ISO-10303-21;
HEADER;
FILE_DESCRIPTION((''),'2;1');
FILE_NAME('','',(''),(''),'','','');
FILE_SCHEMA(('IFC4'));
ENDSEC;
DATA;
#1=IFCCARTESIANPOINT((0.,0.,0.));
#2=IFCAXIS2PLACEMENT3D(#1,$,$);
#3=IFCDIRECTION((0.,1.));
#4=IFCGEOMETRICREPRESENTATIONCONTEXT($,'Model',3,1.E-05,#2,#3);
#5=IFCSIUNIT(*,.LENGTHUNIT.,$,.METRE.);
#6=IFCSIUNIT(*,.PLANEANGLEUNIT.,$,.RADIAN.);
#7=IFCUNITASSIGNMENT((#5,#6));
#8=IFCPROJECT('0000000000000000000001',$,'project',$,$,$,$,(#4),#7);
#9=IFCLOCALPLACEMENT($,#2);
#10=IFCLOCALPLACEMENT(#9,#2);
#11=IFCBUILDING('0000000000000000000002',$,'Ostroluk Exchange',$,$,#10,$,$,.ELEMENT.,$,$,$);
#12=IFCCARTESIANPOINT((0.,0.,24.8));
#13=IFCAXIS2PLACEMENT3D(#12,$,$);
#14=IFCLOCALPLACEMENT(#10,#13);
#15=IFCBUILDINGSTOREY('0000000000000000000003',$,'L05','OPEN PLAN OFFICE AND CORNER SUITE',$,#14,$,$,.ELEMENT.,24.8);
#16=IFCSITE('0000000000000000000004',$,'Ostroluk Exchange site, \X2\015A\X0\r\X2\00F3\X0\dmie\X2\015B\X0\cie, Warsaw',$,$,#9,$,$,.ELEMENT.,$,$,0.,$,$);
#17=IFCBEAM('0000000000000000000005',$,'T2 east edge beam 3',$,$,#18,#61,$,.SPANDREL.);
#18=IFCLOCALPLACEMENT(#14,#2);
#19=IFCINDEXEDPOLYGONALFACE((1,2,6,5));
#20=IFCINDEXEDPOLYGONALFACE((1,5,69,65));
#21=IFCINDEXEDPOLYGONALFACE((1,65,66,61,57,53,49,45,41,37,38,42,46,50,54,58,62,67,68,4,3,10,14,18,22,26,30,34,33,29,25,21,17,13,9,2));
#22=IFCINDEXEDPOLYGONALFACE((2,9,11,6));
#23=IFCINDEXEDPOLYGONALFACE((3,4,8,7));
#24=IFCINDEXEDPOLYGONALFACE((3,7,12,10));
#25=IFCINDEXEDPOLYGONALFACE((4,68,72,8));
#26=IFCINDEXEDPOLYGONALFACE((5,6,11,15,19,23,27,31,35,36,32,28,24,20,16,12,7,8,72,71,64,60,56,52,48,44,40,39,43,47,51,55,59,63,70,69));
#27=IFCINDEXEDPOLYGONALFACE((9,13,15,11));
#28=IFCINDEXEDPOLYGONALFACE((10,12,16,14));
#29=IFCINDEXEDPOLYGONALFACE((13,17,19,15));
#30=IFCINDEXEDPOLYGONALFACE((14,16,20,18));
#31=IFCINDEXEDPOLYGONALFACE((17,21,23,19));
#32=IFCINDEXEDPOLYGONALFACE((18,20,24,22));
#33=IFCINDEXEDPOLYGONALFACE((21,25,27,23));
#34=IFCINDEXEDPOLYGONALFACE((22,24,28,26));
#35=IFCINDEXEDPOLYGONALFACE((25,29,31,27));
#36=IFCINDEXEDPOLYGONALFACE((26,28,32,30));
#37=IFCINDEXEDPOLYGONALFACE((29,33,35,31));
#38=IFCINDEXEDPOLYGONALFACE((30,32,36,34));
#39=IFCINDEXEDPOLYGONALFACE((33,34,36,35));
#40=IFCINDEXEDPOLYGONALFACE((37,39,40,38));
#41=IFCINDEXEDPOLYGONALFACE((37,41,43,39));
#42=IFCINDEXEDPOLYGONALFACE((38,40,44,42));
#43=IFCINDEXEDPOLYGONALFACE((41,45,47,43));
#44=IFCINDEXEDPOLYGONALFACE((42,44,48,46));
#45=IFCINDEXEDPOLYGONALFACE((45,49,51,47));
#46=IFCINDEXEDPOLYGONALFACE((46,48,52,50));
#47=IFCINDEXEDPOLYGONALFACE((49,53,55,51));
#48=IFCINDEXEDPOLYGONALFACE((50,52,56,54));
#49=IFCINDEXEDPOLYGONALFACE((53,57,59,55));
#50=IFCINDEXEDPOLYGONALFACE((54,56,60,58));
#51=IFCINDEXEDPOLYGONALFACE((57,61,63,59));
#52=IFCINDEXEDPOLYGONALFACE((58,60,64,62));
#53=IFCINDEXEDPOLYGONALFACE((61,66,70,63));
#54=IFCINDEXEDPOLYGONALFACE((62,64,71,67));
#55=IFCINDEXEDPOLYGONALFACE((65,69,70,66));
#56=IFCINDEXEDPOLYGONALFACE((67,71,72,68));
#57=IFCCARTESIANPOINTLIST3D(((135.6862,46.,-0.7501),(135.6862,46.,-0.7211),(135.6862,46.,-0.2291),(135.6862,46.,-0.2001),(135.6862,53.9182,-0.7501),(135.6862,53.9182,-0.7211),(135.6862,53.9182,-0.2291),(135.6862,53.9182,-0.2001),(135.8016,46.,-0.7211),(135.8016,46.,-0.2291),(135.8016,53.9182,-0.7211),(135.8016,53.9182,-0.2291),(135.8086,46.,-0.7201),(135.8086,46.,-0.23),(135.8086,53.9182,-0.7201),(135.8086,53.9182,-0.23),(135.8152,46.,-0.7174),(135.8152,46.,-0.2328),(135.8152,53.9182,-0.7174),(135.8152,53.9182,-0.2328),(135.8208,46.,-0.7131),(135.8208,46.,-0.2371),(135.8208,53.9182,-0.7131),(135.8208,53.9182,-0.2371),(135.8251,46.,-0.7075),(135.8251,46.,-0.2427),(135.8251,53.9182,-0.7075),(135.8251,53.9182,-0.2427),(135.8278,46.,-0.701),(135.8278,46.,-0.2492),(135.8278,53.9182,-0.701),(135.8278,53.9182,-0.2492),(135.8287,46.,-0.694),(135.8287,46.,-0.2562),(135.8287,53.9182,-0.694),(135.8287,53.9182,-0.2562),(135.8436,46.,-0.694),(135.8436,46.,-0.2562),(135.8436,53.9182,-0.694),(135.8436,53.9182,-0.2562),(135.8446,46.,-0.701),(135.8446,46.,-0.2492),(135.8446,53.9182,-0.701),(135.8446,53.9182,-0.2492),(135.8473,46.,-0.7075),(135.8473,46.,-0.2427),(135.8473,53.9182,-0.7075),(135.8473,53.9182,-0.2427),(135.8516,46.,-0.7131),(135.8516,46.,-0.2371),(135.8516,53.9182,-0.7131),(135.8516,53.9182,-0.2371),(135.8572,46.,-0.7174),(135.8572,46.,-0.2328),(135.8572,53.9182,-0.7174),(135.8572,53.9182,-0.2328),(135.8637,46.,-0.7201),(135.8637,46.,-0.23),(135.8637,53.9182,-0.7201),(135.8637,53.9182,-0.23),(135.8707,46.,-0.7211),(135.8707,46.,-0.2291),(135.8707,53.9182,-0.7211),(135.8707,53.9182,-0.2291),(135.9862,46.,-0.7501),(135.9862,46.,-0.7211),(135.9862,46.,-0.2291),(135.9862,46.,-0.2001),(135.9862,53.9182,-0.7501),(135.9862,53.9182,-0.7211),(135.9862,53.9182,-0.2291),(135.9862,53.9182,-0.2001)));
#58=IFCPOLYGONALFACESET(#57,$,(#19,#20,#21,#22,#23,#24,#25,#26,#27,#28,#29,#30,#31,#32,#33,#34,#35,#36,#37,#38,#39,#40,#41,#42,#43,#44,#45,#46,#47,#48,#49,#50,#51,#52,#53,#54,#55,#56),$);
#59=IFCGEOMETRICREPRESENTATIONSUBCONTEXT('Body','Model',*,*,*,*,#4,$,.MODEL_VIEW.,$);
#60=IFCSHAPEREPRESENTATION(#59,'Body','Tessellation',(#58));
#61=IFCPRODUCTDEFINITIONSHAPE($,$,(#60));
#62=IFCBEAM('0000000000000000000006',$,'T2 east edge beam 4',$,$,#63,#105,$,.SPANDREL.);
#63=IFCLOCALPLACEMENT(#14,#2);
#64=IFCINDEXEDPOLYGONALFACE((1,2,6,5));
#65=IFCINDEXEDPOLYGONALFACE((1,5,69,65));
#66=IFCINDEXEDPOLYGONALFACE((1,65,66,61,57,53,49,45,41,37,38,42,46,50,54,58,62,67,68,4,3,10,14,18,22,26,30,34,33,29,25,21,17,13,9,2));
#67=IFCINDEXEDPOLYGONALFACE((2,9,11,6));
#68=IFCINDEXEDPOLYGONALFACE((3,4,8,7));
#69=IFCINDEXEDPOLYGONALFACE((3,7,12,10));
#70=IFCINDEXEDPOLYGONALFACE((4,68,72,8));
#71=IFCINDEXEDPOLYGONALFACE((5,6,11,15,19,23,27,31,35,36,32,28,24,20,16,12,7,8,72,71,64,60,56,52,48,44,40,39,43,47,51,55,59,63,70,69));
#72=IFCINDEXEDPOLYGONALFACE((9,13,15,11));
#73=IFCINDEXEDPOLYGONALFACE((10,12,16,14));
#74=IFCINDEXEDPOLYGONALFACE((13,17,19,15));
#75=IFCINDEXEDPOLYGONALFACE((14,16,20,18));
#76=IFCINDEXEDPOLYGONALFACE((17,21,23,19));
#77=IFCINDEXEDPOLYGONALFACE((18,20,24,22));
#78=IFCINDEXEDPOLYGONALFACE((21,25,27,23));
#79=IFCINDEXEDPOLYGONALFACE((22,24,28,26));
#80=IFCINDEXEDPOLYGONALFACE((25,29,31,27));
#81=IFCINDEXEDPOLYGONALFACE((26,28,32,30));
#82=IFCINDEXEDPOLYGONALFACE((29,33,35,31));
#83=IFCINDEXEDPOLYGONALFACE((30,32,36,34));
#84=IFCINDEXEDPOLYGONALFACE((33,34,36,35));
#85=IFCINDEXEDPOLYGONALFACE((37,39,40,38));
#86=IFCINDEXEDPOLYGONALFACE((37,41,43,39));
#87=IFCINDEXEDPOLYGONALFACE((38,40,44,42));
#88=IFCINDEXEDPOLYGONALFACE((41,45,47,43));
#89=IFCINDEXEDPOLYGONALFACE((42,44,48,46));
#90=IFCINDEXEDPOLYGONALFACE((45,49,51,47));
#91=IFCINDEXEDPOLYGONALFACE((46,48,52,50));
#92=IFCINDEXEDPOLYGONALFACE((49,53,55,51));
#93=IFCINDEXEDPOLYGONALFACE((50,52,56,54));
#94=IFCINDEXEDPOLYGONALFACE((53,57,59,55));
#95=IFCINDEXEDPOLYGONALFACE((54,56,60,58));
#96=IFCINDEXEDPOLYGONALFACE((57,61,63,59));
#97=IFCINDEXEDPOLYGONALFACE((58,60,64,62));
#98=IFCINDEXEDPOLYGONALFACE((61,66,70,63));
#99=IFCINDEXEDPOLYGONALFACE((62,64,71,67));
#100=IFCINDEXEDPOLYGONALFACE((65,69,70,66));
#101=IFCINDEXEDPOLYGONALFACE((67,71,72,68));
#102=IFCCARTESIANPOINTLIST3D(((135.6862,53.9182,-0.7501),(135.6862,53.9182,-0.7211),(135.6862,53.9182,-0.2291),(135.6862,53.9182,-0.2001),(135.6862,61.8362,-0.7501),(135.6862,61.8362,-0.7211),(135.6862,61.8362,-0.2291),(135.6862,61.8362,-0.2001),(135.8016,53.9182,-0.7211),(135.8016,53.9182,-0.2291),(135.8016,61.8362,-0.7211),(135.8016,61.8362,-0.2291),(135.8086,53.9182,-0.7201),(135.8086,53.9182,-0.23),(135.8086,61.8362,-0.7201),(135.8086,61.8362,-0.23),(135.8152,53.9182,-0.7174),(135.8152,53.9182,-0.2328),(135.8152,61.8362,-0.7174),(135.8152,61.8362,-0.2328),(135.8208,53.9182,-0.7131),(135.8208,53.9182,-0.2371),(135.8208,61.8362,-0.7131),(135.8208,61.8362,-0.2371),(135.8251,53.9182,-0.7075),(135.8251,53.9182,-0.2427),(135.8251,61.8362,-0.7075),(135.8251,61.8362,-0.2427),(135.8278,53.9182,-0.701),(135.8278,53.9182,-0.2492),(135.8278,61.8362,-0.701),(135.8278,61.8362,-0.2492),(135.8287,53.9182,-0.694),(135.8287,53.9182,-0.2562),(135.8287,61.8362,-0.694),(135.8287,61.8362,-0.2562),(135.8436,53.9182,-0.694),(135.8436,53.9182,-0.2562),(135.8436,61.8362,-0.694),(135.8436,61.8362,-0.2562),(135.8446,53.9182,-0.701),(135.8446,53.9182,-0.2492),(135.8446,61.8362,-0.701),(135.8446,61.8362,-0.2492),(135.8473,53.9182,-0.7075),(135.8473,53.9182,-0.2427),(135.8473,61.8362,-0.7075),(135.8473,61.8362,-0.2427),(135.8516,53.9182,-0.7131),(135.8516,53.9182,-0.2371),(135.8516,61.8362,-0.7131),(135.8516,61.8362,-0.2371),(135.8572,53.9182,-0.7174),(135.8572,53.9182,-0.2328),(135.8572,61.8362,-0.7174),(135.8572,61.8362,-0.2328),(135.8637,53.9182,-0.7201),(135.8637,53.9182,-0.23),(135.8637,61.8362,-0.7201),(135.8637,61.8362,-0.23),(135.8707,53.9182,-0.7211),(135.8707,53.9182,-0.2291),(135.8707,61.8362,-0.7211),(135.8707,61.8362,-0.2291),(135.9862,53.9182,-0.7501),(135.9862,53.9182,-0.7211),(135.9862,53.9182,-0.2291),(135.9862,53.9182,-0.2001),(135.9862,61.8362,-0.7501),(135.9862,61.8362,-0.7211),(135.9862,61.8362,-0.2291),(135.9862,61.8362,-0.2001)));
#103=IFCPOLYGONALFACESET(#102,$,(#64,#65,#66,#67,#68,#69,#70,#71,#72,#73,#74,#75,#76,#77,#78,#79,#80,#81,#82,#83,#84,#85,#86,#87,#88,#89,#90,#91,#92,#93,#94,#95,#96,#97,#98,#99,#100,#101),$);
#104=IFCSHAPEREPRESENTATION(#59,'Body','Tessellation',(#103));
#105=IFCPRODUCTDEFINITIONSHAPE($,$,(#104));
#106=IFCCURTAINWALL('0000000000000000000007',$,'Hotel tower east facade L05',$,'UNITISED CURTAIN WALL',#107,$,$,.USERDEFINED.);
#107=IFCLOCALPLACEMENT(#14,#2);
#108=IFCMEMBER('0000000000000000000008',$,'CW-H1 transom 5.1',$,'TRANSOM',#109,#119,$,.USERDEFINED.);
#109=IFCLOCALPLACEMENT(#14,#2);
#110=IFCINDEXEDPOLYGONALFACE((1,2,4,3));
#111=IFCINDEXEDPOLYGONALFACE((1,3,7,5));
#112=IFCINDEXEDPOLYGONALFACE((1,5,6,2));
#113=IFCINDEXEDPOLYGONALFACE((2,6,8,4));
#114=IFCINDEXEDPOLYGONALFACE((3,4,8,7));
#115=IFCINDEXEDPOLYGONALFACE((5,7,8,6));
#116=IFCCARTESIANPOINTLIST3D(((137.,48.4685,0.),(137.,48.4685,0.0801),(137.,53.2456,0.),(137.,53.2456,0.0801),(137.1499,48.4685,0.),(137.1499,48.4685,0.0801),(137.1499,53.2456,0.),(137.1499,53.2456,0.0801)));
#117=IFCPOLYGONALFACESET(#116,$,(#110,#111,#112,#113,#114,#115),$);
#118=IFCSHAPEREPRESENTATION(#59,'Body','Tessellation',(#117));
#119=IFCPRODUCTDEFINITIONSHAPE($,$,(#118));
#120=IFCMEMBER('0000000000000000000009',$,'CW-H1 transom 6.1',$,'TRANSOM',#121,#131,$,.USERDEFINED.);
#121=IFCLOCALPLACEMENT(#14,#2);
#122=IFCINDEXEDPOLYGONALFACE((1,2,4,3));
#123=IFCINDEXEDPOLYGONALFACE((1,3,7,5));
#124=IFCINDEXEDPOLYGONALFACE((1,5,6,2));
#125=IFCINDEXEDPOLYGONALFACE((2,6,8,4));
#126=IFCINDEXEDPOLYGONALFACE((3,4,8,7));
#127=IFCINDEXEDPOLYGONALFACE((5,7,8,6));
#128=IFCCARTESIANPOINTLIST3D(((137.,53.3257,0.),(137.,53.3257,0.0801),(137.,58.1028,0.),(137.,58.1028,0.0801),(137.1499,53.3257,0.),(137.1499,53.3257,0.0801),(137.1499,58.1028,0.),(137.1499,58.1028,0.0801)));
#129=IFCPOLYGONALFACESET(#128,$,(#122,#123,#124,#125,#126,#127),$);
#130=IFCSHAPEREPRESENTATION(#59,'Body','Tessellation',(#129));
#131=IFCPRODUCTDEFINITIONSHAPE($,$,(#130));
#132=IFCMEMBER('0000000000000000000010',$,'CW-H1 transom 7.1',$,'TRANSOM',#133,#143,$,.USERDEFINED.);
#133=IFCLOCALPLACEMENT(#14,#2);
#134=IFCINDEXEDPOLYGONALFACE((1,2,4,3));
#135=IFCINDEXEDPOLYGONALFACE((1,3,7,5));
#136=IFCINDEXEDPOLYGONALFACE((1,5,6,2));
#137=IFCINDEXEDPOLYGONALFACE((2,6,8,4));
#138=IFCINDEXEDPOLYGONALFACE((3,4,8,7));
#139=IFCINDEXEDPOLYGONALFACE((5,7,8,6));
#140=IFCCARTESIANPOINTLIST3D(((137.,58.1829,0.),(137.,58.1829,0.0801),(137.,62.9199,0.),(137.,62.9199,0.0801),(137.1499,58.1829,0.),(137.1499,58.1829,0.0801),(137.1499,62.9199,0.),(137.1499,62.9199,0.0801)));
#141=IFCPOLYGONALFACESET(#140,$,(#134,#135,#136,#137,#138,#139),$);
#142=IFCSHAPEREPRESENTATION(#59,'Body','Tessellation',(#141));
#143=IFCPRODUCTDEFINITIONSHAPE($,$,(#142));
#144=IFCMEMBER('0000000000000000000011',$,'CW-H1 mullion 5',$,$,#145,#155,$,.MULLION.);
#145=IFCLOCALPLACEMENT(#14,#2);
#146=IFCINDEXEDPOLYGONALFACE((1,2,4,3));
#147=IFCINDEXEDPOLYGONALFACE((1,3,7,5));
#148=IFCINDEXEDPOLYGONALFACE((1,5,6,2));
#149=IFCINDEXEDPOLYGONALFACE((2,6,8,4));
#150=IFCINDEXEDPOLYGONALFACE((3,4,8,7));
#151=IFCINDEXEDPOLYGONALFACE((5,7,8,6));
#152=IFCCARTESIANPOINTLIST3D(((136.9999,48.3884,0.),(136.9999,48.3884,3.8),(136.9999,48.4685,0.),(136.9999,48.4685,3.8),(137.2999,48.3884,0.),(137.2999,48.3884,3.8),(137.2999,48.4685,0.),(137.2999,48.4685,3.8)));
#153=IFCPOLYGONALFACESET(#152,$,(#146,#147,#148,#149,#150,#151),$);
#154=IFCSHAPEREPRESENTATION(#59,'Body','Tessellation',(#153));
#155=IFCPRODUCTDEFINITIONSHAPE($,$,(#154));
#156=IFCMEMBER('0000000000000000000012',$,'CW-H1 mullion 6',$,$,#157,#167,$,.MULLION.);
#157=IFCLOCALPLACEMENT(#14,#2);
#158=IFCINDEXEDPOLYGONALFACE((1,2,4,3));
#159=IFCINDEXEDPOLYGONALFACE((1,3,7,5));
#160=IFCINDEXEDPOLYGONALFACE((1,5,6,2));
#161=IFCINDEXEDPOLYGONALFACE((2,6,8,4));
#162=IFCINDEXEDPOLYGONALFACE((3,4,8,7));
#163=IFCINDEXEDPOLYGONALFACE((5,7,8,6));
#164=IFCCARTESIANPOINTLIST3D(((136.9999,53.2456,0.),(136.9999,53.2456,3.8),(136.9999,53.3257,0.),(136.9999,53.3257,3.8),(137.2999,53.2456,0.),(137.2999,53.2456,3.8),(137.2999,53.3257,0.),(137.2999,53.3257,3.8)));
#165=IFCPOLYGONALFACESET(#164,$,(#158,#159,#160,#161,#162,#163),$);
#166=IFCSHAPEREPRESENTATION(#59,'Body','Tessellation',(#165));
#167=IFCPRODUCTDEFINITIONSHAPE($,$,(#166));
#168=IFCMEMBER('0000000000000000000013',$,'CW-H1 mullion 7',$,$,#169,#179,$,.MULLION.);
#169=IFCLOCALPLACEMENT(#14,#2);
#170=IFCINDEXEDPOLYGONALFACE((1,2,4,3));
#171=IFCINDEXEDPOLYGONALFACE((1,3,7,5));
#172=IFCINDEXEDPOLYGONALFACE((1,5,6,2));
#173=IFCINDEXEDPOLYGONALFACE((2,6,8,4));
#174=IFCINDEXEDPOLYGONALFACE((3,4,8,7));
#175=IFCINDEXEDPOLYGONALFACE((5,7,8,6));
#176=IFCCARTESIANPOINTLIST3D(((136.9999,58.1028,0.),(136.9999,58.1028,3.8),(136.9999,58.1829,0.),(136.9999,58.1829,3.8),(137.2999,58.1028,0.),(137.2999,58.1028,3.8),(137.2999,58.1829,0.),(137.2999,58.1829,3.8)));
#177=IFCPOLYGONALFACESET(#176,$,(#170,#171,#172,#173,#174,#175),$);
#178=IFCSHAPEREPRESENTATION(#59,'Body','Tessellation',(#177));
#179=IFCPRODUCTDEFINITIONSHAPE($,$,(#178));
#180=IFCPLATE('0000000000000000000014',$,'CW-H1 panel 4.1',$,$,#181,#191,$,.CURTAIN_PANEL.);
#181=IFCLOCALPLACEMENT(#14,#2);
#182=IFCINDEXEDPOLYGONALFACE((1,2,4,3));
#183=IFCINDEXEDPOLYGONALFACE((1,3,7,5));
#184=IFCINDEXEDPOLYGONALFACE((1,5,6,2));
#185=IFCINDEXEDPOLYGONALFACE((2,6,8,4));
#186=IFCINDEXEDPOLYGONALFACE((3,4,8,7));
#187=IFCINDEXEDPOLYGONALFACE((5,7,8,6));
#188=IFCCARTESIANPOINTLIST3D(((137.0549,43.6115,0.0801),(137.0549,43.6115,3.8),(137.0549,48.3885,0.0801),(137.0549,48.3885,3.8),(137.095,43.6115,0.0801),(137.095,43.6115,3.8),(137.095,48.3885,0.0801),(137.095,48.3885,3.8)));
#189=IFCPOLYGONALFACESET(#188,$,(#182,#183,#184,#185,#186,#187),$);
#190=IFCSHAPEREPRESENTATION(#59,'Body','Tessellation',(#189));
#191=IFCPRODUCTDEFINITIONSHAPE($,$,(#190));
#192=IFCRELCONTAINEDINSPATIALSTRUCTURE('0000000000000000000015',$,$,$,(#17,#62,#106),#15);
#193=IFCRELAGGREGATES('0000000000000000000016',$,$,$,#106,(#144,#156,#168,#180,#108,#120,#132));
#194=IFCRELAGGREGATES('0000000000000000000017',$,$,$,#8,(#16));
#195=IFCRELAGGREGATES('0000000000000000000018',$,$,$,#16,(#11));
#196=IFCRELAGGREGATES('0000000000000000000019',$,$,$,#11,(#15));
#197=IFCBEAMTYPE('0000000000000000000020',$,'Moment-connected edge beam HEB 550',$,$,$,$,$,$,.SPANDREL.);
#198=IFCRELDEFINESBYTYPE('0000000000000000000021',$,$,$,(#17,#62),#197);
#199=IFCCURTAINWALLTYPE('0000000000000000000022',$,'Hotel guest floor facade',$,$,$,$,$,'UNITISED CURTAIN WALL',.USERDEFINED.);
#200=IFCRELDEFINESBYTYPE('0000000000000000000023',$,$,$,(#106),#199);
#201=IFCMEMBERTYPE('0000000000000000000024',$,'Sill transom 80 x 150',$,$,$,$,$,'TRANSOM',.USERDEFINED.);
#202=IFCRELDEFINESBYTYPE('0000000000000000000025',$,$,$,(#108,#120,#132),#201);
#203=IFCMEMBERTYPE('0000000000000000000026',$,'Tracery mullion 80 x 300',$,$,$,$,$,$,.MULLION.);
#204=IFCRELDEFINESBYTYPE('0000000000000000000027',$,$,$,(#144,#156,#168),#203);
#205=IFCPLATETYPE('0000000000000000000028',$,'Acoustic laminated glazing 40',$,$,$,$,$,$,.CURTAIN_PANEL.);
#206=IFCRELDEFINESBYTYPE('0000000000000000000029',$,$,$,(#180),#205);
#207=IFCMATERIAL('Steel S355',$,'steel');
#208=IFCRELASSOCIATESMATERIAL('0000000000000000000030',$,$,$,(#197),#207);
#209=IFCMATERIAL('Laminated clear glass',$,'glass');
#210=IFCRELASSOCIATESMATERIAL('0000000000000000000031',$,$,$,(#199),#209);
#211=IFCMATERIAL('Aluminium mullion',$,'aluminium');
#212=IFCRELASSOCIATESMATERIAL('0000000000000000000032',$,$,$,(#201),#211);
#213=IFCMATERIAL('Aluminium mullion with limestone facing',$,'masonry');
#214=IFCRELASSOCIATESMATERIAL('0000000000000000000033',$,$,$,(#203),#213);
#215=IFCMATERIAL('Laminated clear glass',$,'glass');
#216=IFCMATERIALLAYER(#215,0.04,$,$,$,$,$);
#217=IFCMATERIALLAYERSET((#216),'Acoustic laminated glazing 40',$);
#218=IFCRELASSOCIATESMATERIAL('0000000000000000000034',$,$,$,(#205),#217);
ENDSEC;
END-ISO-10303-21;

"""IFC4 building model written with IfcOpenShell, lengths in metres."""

from ifc_helpers import new_model, si_unit, direction, frame, origin, origin_2d, place, context, subcontext, project, spatial, rectangle, i_section, extrude, material, layer, layer_set, material_profile, profile_set, type_object, element, aggregate, save


model = new_model("IFC4")

# Units and contexts
model_context = context("Model", 3, precision=1e-05, world=origin(), true_north=direction((0.0, 1.0)))
body_context = subcontext(model_context, "Body", "Model", "MODEL_VIEW")
ifc_project = project(units=[si_unit("LENGTHUNIT", "METRE"), si_unit("PLANEANGLEUNIT", "RADIAN")], contexts=[model_context])

# Site, building, storey
site_placement = place(None, origin())
site = spatial("IfcSite", under=ifc_project, at=site_placement, Name="Ostroluk Exchange site, Śródmieście, Warsaw", CompositionType="ELEMENT", RefElevation=0.0)
building_placement = place(site_placement, origin())
building = spatial("IfcBuilding", under=site, at=building_placement, Name="Ostroluk Exchange", CompositionType="ELEMENT")
storey_placement = place(building_placement, frame((0.0, 0.0, 24.8)))
storey = spatial("IfcBuildingStorey", under=building, at=storey_placement, Name="L05", Description="OPEN PLAN OFFICE AND CORNER SUITE", CompositionType="ELEMENT", Elevation=24.8)

# Beams
ifc_material_1 = material(Name="Steel S355", Category="steel")
ifc_material_profile_1 = material_profile(ifc_material_1, i_section(OverallWidth=0.3, OverallDepth=0.55, WebThickness=0.0149, FlangeThickness=0.0291, FilletRadius=0.0271, at=origin_2d()), Name="HEB 550")
ifc_profile_set_1 = profile_set([ifc_material_profile_1], Name="Steel S355")
beam_type = type_object("IfcBeamType", Name="Moment-connected edge beam HEB 550", PredefinedType="SPANDREL", material=ifc_profile_set_1)
beam_1_placement = place(storey_placement, frame((135.8362, 46.0, -0.4751), z_axis=(0.0, 1.0, 0.0), x_axis=(-1.0, 0.0, 0.0)))
element("IfcBeam", 1, at=beam_1_placement, inside=storey, type_object=beam_type, Name="T2 east edge beam 3", PredefinedType="SPANDREL", context=body_context, shape_type="SweptSolid", body=[
    extrude(i_section(OverallWidth=0.3, OverallDepth=0.55, WebThickness=0.0149, FlangeThickness=0.0291, FilletRadius=0.0271, at=origin_2d()), origin(), (0.0, 0.0, 1.0), 7.9182),
])
beam_2_placement = place(storey_placement, frame((135.8362, 53.9182, -0.4751), z_axis=(0.0, 1.0, 0.0), x_axis=(-1.0, 0.0, 0.0)))
element("IfcBeam", 2, at=beam_2_placement, inside=storey, type_object=beam_type, Name="T2 east edge beam 4", PredefinedType="SPANDREL", context=body_context, shape_type="SweptSolid", body=[
    extrude(i_section(OverallWidth=0.3, OverallDepth=0.55, WebThickness=0.0149, FlangeThickness=0.0291, FilletRadius=0.0271, at=origin_2d()), origin(), (0.0, 0.0, 1.0), 7.918),
])

# Curtain wall, members, plate
ifc_material_2 = material(Name="Laminated clear glass", Category="glass")
curtain_wall_type = type_object("IfcCurtainWallType", Name="Hotel guest floor facade", ElementType="UNITISED CURTAIN WALL", PredefinedType="USERDEFINED", material=ifc_material_2)
curtain_wall_placement = place(storey_placement, origin())
curtain_wall = element("IfcCurtainWall", 3, at=curtain_wall_placement, inside=storey, type_object=curtain_wall_type, Name="Hotel tower east facade L05", ObjectType="UNITISED CURTAIN WALL", PredefinedType="USERDEFINED")
ifc_material_3 = material(Name="Aluminium mullion", Category="aluminium")
ifc_material_profile_2 = material_profile(ifc_material_3, rectangle(XDim=0.1499, YDim=0.0801, at=origin_2d()), Name="Sill transom 80 x 150")
ifc_profile_set_2 = profile_set([ifc_material_profile_2], Name="Aluminium mullion")
member_type_1 = type_object("IfcMemberType", Name="Sill transom 80 x 150", ElementType="TRANSOM", PredefinedType="USERDEFINED", material=ifc_profile_set_2)
member_1_placement = place(storey_placement, frame((137.075, 48.4685, 0.04), z_axis=(0.0, 1.0, 0.0), x_axis=(-1.0, 0.0, 0.0)))
member_1 = element("IfcMember", 4, at=member_1_placement, type_object=member_type_1, Name="CW-H1 transom 5.1", ObjectType="TRANSOM", PredefinedType="USERDEFINED", context=body_context, shape_type="SweptSolid", body=[
    extrude(rectangle(XDim=0.1499, YDim=0.0801, at=origin_2d()), origin(), (0.0, 0.0, 1.0), 4.7771),
])
member_2_placement = place(storey_placement, frame((137.075, 53.3257, 0.04), z_axis=(0.0, 1.0, 0.0), x_axis=(-1.0, 0.0, 0.0)))
member_2 = element("IfcMember", 5, at=member_2_placement, type_object=member_type_1, Name="CW-H1 transom 6.1", ObjectType="TRANSOM", PredefinedType="USERDEFINED", context=body_context, shape_type="SweptSolid", body=[
    extrude(rectangle(XDim=0.1499, YDim=0.0801, at=origin_2d()), origin(), (0.0, 0.0, 1.0), 4.7771),
])
member_3_placement = place(storey_placement, frame((137.075, 58.1829, 0.04), z_axis=(0.0, 1.0, 0.0), x_axis=(-1.0, 0.0, 0.0)))
member_3 = element("IfcMember", 6, at=member_3_placement, type_object=member_type_1, Name="CW-H1 transom 7.1", ObjectType="TRANSOM", PredefinedType="USERDEFINED", context=body_context, shape_type="SweptSolid", body=[
    extrude(rectangle(XDim=0.1499, YDim=0.0801, at=origin_2d()), origin(), (0.0, 0.0, 1.0), 4.7371),
])
ifc_material_4 = material(Name="Aluminium mullion with limestone facing", Category="masonry")
ifc_material_profile_3 = material_profile(ifc_material_4, rectangle(XDim=0.3, YDim=0.0801, at=origin_2d()), Name="Tracery mullion 80 x 300")
ifc_profile_set_3 = profile_set([ifc_material_profile_3], Name="Aluminium mullion with limestone facing")
member_type_2 = type_object("IfcMemberType", Name="Tracery mullion 80 x 300", PredefinedType="MULLION", material=ifc_profile_set_3)
member_4_placement = place(storey_placement, frame((137.1499, 48.4285, 0.0), z_axis=(0.0, 0.0, 1.0), x_axis=(-1.0, 0.0, 0.0)))
member_4 = element("IfcMember", 7, at=member_4_placement, type_object=member_type_2, Name="CW-H1 mullion 5", PredefinedType="MULLION", context=body_context, shape_type="SweptSolid", body=[
    extrude(rectangle(XDim=0.3, YDim=0.0801, at=origin_2d()), origin(), (0.0, 0.0, 1.0), 3.8),
])
member_5_placement = place(storey_placement, frame((137.1499, 53.2856, 0.0), z_axis=(0.0, 0.0, 1.0), x_axis=(-1.0, 0.0, 0.0)))
member_5 = element("IfcMember", 8, at=member_5_placement, type_object=member_type_2, Name="CW-H1 mullion 6", PredefinedType="MULLION", context=body_context, shape_type="SweptSolid", body=[
    extrude(rectangle(XDim=0.3, YDim=0.0801, at=origin_2d()), origin(), (0.0, 0.0, 1.0), 3.8),
])
member_6_placement = place(storey_placement, frame((137.1499, 58.1428, 0.0), z_axis=(0.0, 0.0, 1.0), x_axis=(-1.0, 0.0, 0.0)))
member_6 = element("IfcMember", 9, at=member_6_placement, type_object=member_type_2, Name="CW-H1 mullion 7", PredefinedType="MULLION", context=body_context, shape_type="SweptSolid", body=[
    extrude(rectangle(XDim=0.3, YDim=0.0801, at=origin_2d()), origin(), (0.0, 0.0, 1.0), 3.8),
])
ifc_material_5 = material(Name="Laminated clear glass", Category="glass")
ifc_layer_1 = layer(ifc_material_5, 0.04)
ifc_layer_set_1 = layer_set([ifc_layer_1], Name="Acoustic laminated glazing 40")
plate_type = type_object("IfcPlateType", Name="Acoustic laminated glazing 40", PredefinedType="CURTAIN_PANEL", material=ifc_layer_set_1)
plate_1_placement = place(storey_placement, frame((137.075, 46.0, 0.0801), z_axis=(0.0, 0.0, 1.0), x_axis=(0.0, 1.0, 0.0)))
plate_1 = element("IfcPlate", 10, at=plate_1_placement, type_object=plate_type, Name="CW-H1 panel 4.1", PredefinedType="CURTAIN_PANEL", context=body_context, shape_type="SweptSolid", body=[
    extrude(rectangle(XDim=4.7771, YDim=0.04, at=origin_2d()), origin(), (0.0, 0.0, 1.0), 3.72),
])
aggregate(curtain_wall, [member_4, member_5, member_6, plate_1, member_1, member_2, member_3])

save(model, "model.ifc")
